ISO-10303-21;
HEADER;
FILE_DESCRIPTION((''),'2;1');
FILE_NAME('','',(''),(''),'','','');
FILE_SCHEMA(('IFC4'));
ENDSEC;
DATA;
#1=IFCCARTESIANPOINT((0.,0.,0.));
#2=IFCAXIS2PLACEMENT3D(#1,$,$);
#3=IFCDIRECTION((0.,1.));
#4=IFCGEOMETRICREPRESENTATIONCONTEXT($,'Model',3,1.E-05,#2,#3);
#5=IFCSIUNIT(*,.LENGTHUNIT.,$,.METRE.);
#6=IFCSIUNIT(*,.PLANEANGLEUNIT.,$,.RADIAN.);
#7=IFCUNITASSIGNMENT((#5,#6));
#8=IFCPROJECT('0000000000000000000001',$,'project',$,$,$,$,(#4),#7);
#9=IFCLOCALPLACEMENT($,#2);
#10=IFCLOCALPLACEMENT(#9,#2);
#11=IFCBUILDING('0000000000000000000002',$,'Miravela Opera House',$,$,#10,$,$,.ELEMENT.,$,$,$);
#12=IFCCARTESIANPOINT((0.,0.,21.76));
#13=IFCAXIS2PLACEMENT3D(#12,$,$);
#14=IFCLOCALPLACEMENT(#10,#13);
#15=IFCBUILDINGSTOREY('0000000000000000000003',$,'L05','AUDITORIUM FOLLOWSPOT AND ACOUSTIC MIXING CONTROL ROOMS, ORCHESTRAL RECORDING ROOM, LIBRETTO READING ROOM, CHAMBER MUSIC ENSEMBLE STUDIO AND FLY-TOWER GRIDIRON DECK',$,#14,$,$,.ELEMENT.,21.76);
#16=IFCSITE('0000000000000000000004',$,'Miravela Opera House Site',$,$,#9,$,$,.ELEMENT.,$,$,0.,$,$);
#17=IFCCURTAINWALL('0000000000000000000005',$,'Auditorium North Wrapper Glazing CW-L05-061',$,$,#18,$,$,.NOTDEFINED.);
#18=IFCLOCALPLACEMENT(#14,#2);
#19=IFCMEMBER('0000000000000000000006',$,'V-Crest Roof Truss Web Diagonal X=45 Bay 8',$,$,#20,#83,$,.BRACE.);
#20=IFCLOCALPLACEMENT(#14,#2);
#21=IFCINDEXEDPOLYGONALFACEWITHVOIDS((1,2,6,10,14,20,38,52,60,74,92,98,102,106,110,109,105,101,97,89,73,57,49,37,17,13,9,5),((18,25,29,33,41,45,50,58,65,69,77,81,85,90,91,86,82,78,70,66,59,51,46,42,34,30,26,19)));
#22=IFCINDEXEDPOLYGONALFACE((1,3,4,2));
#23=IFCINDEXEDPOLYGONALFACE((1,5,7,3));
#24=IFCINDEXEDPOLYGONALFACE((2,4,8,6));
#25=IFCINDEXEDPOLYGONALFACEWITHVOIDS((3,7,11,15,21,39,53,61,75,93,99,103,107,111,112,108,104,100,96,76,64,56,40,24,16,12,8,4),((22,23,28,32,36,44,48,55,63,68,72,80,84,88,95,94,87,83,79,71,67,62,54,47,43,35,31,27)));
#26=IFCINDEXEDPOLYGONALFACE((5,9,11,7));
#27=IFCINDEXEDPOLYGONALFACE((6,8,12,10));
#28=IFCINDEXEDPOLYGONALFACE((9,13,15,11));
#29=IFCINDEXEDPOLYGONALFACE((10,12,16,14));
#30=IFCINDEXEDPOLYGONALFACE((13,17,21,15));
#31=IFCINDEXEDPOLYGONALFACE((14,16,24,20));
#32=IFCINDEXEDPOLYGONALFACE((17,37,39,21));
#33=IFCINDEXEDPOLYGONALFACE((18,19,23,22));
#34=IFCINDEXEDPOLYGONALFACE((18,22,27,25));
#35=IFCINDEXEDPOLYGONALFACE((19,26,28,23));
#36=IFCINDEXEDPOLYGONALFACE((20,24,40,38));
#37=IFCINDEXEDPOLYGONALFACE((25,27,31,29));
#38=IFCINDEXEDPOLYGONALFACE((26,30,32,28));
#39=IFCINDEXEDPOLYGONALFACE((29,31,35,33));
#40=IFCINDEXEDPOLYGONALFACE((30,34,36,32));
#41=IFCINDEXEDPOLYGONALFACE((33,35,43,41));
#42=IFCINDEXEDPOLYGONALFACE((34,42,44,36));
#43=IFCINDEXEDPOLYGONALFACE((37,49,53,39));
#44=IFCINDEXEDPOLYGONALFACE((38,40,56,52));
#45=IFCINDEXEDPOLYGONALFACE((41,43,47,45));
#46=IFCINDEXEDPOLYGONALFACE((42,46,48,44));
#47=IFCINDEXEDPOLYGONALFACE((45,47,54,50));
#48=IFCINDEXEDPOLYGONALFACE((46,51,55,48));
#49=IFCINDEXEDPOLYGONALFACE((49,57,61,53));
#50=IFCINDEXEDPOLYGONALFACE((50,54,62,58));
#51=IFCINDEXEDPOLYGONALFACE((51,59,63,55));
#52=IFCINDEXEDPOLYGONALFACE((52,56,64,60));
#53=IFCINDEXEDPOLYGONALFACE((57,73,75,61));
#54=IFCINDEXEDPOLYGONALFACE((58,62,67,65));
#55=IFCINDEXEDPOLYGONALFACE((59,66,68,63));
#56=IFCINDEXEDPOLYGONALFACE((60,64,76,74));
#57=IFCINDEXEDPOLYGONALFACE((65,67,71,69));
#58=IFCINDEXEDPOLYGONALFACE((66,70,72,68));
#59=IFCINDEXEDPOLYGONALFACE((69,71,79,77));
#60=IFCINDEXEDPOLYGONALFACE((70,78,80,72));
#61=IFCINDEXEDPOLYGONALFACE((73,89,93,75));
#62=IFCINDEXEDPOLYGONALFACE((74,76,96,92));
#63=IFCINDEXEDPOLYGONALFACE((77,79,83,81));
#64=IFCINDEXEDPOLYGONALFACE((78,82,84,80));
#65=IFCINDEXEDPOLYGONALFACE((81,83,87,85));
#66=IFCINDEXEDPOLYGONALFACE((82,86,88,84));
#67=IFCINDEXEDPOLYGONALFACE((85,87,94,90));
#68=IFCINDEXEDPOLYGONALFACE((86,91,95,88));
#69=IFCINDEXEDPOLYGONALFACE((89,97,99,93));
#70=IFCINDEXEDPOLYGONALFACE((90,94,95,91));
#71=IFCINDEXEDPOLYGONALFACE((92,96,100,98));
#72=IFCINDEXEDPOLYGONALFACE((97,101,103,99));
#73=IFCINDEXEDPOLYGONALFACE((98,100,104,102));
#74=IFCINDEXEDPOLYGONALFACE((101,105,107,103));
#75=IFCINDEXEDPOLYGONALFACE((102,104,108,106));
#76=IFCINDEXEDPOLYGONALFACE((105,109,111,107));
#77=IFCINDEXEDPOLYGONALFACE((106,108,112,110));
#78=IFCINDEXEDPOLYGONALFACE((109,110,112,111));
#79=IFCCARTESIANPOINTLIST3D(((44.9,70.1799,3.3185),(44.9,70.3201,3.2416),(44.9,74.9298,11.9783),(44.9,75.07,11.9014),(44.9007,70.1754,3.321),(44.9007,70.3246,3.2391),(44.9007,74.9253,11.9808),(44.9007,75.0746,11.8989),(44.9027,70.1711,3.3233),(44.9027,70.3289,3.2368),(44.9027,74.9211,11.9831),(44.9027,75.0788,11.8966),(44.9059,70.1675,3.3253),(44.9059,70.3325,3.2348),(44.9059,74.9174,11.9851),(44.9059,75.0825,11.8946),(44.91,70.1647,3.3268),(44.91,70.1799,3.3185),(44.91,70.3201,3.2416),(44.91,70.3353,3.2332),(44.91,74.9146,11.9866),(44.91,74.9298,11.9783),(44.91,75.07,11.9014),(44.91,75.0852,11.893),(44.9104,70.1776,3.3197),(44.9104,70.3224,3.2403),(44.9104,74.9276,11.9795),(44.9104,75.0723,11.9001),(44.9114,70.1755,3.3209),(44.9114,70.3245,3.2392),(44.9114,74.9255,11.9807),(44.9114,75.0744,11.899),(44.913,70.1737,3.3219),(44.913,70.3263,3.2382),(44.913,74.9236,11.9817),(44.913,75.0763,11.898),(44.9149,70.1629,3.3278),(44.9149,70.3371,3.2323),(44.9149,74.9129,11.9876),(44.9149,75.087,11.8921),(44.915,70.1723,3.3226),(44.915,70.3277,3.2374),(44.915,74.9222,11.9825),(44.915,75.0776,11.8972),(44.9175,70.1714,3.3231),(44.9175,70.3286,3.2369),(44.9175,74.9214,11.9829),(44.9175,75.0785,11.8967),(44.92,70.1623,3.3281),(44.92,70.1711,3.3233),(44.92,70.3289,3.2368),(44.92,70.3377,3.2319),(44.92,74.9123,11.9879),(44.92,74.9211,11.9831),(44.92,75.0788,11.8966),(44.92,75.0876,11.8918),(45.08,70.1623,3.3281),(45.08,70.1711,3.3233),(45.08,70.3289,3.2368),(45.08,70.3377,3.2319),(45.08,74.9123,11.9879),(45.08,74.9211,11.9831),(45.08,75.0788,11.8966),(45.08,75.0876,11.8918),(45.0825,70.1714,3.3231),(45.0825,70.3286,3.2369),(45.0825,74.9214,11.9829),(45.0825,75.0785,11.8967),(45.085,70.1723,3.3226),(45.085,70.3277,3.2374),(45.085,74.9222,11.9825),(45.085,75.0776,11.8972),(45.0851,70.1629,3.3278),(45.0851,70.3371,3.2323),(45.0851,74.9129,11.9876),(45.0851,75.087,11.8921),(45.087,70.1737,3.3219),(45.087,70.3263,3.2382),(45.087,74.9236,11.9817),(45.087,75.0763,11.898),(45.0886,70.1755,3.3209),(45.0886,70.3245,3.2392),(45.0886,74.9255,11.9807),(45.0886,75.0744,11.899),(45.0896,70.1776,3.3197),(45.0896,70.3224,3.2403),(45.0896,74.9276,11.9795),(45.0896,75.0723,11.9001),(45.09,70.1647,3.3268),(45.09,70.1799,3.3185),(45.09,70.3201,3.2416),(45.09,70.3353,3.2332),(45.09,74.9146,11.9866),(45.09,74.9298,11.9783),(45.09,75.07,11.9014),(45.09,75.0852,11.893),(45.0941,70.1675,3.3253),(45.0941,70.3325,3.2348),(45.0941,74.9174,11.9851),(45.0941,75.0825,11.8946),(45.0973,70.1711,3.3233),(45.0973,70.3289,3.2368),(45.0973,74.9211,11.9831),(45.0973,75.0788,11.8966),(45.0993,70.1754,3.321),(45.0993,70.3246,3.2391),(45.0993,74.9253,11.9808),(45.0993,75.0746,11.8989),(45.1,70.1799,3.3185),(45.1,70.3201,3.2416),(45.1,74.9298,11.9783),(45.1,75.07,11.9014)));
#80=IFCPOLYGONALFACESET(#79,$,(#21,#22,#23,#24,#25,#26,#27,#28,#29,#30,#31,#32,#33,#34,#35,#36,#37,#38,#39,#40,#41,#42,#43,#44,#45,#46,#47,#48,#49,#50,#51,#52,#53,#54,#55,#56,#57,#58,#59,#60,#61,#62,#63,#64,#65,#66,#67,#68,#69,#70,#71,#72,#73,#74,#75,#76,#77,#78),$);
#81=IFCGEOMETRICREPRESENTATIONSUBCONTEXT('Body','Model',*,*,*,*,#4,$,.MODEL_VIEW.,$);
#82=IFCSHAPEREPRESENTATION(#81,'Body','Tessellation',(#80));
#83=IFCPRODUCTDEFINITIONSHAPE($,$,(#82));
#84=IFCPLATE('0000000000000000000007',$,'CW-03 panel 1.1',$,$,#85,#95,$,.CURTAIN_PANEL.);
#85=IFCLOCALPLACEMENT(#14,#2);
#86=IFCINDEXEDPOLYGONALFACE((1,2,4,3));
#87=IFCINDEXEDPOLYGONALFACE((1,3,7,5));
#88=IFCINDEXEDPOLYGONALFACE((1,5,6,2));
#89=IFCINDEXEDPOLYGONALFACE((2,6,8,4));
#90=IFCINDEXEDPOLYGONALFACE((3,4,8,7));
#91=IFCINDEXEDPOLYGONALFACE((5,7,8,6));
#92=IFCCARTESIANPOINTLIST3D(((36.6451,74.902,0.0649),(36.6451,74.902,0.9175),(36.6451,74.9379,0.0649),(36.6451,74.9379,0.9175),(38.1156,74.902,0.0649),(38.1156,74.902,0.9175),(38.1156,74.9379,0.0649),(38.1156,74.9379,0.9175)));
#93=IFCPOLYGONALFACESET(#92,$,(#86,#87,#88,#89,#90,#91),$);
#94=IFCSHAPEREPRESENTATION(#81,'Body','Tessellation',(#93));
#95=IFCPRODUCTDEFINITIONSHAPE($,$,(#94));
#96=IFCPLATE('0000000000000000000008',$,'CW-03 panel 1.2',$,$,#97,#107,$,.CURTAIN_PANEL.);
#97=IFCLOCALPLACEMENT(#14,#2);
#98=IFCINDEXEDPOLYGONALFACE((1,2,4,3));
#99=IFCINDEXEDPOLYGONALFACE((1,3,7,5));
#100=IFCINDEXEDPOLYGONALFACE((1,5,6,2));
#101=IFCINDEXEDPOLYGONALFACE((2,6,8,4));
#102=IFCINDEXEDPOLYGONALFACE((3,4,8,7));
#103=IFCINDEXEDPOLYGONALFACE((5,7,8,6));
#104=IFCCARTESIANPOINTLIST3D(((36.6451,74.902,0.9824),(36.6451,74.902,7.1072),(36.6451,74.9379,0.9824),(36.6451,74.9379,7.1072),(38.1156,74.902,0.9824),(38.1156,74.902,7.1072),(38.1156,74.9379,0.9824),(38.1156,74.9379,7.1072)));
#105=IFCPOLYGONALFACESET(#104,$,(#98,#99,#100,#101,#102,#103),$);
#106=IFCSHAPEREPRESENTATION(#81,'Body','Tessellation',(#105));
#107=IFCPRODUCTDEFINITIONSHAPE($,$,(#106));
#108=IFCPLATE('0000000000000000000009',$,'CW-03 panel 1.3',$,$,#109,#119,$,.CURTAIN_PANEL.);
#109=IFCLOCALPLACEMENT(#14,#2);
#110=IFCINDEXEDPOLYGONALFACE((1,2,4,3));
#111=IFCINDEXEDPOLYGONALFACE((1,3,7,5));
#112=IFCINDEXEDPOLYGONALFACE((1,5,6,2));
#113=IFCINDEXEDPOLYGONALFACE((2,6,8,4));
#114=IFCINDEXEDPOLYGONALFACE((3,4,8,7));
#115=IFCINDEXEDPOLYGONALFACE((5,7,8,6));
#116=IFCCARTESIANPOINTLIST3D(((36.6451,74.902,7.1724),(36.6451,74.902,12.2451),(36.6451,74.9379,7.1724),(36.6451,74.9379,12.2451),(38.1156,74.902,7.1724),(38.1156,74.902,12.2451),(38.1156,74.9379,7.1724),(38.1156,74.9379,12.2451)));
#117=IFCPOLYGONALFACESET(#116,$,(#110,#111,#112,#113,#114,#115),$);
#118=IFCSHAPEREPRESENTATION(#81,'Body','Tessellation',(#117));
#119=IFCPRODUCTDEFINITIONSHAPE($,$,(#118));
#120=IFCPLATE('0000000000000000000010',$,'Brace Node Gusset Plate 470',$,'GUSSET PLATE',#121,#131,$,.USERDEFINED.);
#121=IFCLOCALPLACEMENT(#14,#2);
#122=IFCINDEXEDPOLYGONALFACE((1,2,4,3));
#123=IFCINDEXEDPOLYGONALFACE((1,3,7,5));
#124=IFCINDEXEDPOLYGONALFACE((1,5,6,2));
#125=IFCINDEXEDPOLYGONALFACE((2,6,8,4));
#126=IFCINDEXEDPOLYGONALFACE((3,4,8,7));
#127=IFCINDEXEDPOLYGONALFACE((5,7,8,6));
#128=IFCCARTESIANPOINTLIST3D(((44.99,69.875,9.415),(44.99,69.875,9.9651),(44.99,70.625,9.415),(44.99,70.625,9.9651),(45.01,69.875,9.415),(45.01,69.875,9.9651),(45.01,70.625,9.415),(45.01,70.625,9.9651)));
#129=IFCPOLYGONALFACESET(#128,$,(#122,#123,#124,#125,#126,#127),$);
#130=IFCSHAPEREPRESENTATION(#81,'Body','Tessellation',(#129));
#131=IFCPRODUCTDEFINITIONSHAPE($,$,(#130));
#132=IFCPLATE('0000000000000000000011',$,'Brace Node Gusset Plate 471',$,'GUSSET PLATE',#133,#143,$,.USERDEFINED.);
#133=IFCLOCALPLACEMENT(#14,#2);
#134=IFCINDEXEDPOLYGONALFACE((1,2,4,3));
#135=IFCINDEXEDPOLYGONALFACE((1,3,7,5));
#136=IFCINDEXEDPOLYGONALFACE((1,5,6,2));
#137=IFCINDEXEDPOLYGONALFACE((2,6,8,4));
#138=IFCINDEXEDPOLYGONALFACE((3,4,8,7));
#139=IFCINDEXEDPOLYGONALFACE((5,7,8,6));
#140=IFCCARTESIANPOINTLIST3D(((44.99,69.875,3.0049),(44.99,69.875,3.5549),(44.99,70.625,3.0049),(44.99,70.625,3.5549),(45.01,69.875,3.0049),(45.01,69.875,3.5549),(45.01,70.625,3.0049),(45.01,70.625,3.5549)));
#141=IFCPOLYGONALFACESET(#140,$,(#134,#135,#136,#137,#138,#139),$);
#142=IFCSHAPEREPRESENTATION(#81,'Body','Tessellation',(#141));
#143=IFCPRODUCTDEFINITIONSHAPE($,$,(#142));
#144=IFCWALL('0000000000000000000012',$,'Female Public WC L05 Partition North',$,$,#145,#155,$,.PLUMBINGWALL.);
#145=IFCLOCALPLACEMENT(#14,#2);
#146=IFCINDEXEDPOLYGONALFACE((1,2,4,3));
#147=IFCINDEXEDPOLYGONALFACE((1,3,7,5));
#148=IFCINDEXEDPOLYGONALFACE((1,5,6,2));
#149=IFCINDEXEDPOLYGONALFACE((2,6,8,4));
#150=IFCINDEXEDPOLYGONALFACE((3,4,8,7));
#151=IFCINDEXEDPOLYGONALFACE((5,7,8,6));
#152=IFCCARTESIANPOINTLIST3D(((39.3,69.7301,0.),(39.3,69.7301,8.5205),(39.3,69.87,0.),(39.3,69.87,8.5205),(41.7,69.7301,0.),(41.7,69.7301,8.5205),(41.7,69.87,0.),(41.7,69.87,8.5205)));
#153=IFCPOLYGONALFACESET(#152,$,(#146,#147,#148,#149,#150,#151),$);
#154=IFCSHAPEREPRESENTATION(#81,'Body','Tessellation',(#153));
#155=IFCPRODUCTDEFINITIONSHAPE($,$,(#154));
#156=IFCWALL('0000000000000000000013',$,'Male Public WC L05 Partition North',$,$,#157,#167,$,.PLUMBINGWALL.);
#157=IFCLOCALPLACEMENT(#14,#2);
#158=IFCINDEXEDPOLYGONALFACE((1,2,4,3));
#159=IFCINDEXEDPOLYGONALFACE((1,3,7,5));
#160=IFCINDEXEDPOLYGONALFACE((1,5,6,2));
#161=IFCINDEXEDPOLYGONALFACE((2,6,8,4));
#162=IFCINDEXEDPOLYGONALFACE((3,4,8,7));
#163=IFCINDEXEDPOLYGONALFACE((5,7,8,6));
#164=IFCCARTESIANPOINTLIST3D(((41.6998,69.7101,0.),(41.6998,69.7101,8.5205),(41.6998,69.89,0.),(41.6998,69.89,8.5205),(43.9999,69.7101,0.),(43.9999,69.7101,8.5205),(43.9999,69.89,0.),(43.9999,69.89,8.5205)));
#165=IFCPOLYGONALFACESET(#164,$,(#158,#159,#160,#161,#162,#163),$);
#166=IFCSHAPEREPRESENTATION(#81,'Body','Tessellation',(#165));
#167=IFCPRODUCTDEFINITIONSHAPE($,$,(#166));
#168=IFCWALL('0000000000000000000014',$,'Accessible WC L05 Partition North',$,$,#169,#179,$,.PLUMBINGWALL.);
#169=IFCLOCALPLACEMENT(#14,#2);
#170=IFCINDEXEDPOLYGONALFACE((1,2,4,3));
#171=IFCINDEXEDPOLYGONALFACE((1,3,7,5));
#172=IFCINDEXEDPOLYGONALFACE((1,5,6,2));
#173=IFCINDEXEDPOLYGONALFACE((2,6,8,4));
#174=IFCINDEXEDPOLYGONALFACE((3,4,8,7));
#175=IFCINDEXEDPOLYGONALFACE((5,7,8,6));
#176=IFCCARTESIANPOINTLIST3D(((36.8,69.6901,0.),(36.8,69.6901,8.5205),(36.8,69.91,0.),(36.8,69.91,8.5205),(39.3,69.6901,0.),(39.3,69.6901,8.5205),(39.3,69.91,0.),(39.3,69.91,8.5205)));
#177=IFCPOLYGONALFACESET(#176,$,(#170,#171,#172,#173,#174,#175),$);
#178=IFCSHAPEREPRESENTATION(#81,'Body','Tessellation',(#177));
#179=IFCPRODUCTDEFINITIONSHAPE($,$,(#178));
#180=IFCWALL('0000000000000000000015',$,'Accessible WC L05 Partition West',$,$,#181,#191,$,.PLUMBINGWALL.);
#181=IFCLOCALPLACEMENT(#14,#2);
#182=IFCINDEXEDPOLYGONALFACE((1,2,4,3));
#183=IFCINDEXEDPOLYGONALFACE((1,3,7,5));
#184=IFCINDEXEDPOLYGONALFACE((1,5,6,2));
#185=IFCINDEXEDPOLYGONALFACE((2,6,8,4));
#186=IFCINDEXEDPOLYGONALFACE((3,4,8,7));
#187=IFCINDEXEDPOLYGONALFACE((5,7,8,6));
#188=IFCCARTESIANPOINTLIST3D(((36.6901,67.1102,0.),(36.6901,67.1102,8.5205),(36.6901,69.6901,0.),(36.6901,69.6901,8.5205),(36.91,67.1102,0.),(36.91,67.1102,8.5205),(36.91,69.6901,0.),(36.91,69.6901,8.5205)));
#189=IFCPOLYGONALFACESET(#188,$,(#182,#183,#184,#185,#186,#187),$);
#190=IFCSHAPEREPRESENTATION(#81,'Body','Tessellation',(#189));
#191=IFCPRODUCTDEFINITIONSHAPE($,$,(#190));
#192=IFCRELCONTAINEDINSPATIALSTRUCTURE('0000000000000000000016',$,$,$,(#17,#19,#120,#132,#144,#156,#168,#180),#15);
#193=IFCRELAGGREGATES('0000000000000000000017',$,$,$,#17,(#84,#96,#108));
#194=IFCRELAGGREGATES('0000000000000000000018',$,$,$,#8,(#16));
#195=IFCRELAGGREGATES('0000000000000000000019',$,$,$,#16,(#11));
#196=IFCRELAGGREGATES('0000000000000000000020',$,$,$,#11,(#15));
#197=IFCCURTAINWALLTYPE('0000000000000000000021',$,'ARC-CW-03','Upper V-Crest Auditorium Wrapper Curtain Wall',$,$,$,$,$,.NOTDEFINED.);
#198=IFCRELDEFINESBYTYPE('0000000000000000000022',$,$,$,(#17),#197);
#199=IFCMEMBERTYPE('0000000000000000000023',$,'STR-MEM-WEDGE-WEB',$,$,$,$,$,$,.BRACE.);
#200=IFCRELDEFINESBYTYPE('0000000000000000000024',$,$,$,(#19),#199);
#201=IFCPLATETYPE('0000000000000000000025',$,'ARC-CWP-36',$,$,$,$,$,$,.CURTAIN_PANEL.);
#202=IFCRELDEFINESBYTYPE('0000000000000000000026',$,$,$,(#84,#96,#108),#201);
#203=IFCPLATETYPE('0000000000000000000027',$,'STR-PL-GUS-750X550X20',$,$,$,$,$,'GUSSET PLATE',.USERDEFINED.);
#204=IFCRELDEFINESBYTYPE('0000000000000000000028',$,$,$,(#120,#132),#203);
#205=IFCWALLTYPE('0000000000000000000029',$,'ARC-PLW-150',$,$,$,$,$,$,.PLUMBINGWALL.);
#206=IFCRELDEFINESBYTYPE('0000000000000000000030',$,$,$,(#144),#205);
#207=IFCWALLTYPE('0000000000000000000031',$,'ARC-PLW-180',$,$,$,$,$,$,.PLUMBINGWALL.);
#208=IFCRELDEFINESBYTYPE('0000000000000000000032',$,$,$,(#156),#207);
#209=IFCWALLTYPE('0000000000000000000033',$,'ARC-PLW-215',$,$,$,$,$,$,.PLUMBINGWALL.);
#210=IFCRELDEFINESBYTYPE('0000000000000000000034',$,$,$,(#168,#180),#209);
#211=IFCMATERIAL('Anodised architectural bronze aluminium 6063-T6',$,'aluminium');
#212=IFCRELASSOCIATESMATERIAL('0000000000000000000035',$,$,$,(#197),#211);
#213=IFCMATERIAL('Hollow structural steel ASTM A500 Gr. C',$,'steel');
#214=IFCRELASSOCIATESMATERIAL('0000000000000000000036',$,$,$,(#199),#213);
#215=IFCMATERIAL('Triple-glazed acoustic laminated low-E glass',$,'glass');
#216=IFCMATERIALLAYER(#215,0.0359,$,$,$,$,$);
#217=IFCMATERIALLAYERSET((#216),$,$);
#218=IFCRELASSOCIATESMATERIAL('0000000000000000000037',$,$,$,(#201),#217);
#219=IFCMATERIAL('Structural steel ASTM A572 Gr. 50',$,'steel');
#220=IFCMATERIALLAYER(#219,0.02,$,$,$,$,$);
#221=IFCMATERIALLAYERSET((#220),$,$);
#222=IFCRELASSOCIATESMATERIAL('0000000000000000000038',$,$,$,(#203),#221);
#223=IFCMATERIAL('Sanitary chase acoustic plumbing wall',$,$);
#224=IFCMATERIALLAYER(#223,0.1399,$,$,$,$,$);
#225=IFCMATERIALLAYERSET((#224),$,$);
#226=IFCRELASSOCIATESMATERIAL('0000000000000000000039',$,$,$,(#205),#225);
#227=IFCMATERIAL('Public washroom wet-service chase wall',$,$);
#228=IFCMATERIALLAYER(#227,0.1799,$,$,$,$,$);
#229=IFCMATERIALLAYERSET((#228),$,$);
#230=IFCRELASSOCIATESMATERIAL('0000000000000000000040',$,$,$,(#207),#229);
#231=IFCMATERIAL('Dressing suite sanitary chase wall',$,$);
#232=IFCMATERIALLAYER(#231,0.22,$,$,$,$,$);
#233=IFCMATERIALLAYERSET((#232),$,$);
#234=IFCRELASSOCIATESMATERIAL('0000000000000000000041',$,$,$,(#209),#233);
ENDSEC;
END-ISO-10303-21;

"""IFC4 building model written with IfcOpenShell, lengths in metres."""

from ifc_helpers import new_model, si_unit, direction, frame, frame_2d, origin, origin_2d, place, context, subcontext, project, spatial, rectangle, hollow_rectangle, extrude, material, layer, layer_set, material_profile, profile_set, type_object, element, aggregate, save


model = new_model("IFC4")

# Units and contexts
model_context = context("Model", 3, precision=1e-05, world=origin(), true_north=direction((0.0, 1.0)))
body_context = subcontext(model_context, "Body", "Model", "MODEL_VIEW")
ifc_project = project(units=[si_unit("LENGTHUNIT", "METRE"), si_unit("PLANEANGLEUNIT", "RADIAN")], contexts=[model_context])

# Site, building, storey
site_placement = place(None, origin())
site = spatial("IfcSite", under=ifc_project, at=site_placement, Name="Miravela Opera House Site", CompositionType="ELEMENT", RefElevation=0.0)
building_placement = place(site_placement, origin())
building = spatial("IfcBuilding", under=site, at=building_placement, Name="Miravela Opera House", CompositionType="ELEMENT")
storey_placement = place(building_placement, frame((0.0, 0.0, 21.76)))
storey = spatial("IfcBuildingStorey", under=building, at=storey_placement, Name="L05", Description="AUDITORIUM FOLLOWSPOT AND ACOUSTIC MIXING CONTROL ROOMS, ORCHESTRAL RECORDING ROOM, LIBRETTO READING ROOM, CHAMBER MUSIC ENSEMBLE STUDIO AND FLY-TOWER GRIDIRON DECK", CompositionType="ELEMENT", Elevation=21.76)

# Curtain wall
ifc_material_1 = material(Name="Anodised architectural bronze aluminium 6063-T6", Category="aluminium")
curtain_wall_type = type_object("IfcCurtainWallType", Name="ARC-CW-03", Description="Upper V-Crest Auditorium Wrapper Curtain Wall", PredefinedType="NOTDEFINED", material=ifc_material_1)
curtain_wall_placement = place(storey_placement, origin())
curtain_wall = element("IfcCurtainWall", 1, at=curtain_wall_placement, inside=storey, type_object=curtain_wall_type, Name="Auditorium North Wrapper Glazing CW-L05-061", PredefinedType="NOTDEFINED")

# Member
ifc_material_2 = material(Name="Hollow structural steel ASTM A500 Gr. C", Category="steel")
ifc_material_profile_1 = material_profile(ifc_material_2, hollow_rectangle(XDim=0.2, YDim=0.2, WallThickness=0.01, InnerFilletRadius=0.01, OuterFilletRadius=0.02, at=origin_2d()), Name="HSS200X200X10")
ifc_profile_set_1 = profile_set([ifc_material_profile_1])
member_type_1 = type_object("IfcMemberType", Name="STR-MEM-WEDGE-WEB", PredefinedType="BRACE", material=ifc_profile_set_1)
member_1_placement = place(storey_placement, frame((45.0, 70.25, 3.28), z_axis=(0.0, 0.480912, 0.876769), x_axis=(-1.0, 0.0, 0.0)))
element("IfcMember", 2, at=member_1_placement, inside=storey, type_object=member_type_1, Name="V-Crest Roof Truss Web Diagonal X=45 Bay 8", PredefinedType="BRACE", context=body_context, shape_type="SweptSolid", body=[
    extrude(hollow_rectangle(XDim=0.2, YDim=0.2, WallThickness=0.01, InnerFilletRadius=0.01, OuterFilletRadius=0.02, at=origin_2d()), origin(), (0.0, 0.0, 1.0), 9.877),
])

# Plates
ifc_material_3 = material(Name="Triple-glazed acoustic laminated low-E glass", Category="glass")
ifc_layer_1 = layer(ifc_material_3, 0.0359)
ifc_layer_set_1 = layer_set([ifc_layer_1])
plate_type_1 = type_object("IfcPlateType", Name="ARC-CWP-36", PredefinedType="CURTAIN_PANEL", material=ifc_layer_set_1)
plate_1_placement = place(storey_placement, frame((37.3804, 74.9199, 0.0649), z_axis=(0.0, 0.0, 1.0), x_axis=(1.0, 0.0, 0.0)))
plate_1 = element("IfcPlate", 3, at=plate_1_placement, type_object=plate_type_1, Name="CW-03 panel 1.1", PredefinedType="CURTAIN_PANEL", context=body_context, shape_type="SweptSolid", body=[
    extrude(rectangle(XDim=1.4705, YDim=0.0359, at=origin_2d()), origin(), (0.0, 0.0, 1.0), 0.8525),
])
plate_2_placement = place(storey_placement, frame((37.3804, 74.9199, 0.9824), z_axis=(0.0, 0.0, 1.0), x_axis=(1.0, 0.0, 0.0)))
plate_2 = element("IfcPlate", 4, at=plate_2_placement, type_object=plate_type_1, Name="CW-03 panel 1.2", PredefinedType="CURTAIN_PANEL", context=body_context, shape_type="SweptSolid", body=[
    extrude(rectangle(XDim=1.4705, YDim=0.0359, at=origin_2d()), origin(), (0.0, 0.0, 1.0), 6.1248),
])
plate_3_placement = place(storey_placement, frame((37.3804, 74.9199, 7.1724), z_axis=(0.0, 0.0, 1.0), x_axis=(1.0, 0.0, 0.0)))
plate_3 = element("IfcPlate", 5, at=plate_3_placement, type_object=plate_type_1, Name="CW-03 panel 1.3", PredefinedType="CURTAIN_PANEL", context=body_context, shape_type="SweptSolid", body=[
    extrude(rectangle(XDim=1.4705, YDim=0.0359, at=origin_2d()), origin(), (0.0, 0.0, 1.0), 5.0728),
])
aggregate(curtain_wall, [plate_1, plate_2, plate_3])

# Plates
ifc_material_4 = material(Name="Structural steel ASTM A572 Gr. 50", Category="steel")
ifc_layer_2 = layer(ifc_material_4, 0.02)
ifc_layer_set_2 = layer_set([ifc_layer_2])
plate_type_2 = type_object("IfcPlateType", Name="STR-PL-GUS-750X550X20", ElementType="GUSSET PLATE", PredefinedType="USERDEFINED", material=ifc_layer_set_2)
for number, where, z_axis, x_axis, name in (
    (6, (45.0, 70.25, 9.415), (0.0, 0.0, 1.0), (0.0, 1.0, 0.0), "Brace Node Gusset Plate 470"),
    (7, (45.0, 70.25, 3.0049), (0.0, 0.0, 1.0), (0.0, 1.0, 0.0), "Brace Node Gusset Plate 471"),
):
    element("IfcPlate", number, at=place(storey_placement, frame(where, z_axis=z_axis, x_axis=x_axis)), inside=storey, type_object=plate_type_2, Name=name, ObjectType="GUSSET PLATE", PredefinedType="USERDEFINED", context=body_context, shape_type="SweptSolid", body=[
        extrude(rectangle(XDim=0.75, YDim=0.02, at=origin_2d()), origin(), (0.0, 0.0, 1.0), 0.55),
    ])

# Walls
ifc_material_5 = material(Name="Sanitary chase acoustic plumbing wall")
ifc_layer_3 = layer(ifc_material_5, 0.1399)
ifc_layer_set_3 = layer_set([ifc_layer_3])
wall_type_1 = type_object("IfcWallType", Name="ARC-PLW-150", PredefinedType="PLUMBINGWALL", material=ifc_layer_set_3)
wall_1_placement = place(storey_placement, frame((39.3, 69.8, 0.0), z_axis=(0.0, 0.0, 1.0), x_axis=(1.0, 0.0, 0.0)))
element("IfcWall", 8, at=wall_1_placement, inside=storey, type_object=wall_type_1, Name="Female Public WC L05 Partition North", PredefinedType="PLUMBINGWALL", context=body_context, shape_type="SweptSolid", body=[
    extrude(rectangle(XDim=2.3999, YDim=0.1399, at=frame_2d((1.2, 0.0))), origin(), (0.0, 0.0, 1.0), 8.5205),
])
ifc_material_6 = material(Name="Public washroom wet-service chase wall")
ifc_layer_4 = layer(ifc_material_6, 0.1799)
ifc_layer_set_4 = layer_set([ifc_layer_4])
wall_type_2 = type_object("IfcWallType", Name="ARC-PLW-180", PredefinedType="PLUMBINGWALL", material=ifc_layer_set_4)
wall_2_placement = place(storey_placement, frame((41.7, 69.8, 0.0), z_axis=(0.0, 0.0, 1.0), x_axis=(1.0, 0.0, 0.0)))
element("IfcWall", 9, at=wall_2_placement, inside=storey, type_object=wall_type_2, Name="Male Public WC L05 Partition North", PredefinedType="PLUMBINGWALL", context=body_context, shape_type="SweptSolid", body=[
    extrude(rectangle(XDim=2.3, YDim=0.1799, at=frame_2d((1.1499, 0.0))), origin(), (0.0, 0.0, 1.0), 8.5205),
])
ifc_material_7 = material(Name="Dressing suite sanitary chase wall")
ifc_layer_5 = layer(ifc_material_7, 0.22)
ifc_layer_set_5 = layer_set([ifc_layer_5])
wall_type_3 = type_object("IfcWallType", Name="ARC-PLW-215", PredefinedType="PLUMBINGWALL", material=ifc_layer_set_5)
wall_3_placement = place(storey_placement, frame((36.8, 69.8, 0.0), z_axis=(0.0, 0.0, 1.0), x_axis=(1.0, 0.0, 0.0)))
element("IfcWall", 10, at=wall_3_placement, inside=storey, type_object=wall_type_3, Name="Accessible WC L05 Partition North", PredefinedType="PLUMBINGWALL", context=body_context, shape_type="SweptSolid", body=[
    extrude(rectangle(XDim=2.5, YDim=0.22, at=frame_2d((1.25, 0.0))), origin(), (0.0, 0.0, 1.0), 8.5205),
])
for number, where, z_axis, x_axis, name in (
    (11, (36.8, 67.1101, 0.0), (0.0, 0.0, 1.0), (0.0, 1.0, 0.0), "Accessible WC L05 Partition West"),
):
    element("IfcWall", number, at=place(storey_placement, frame(where, z_axis=z_axis, x_axis=x_axis)), inside=storey, type_object=wall_type_3, Name=name, PredefinedType="PLUMBINGWALL", context=body_context, shape_type="SweptSolid", body=[
        extrude(rectangle(XDim=2.5798, YDim=0.22, at=frame_2d((1.29, 0.0))), origin(), (0.0, 0.0, 1.0), 8.5205),
    ])

save(model, "model.ifc")
